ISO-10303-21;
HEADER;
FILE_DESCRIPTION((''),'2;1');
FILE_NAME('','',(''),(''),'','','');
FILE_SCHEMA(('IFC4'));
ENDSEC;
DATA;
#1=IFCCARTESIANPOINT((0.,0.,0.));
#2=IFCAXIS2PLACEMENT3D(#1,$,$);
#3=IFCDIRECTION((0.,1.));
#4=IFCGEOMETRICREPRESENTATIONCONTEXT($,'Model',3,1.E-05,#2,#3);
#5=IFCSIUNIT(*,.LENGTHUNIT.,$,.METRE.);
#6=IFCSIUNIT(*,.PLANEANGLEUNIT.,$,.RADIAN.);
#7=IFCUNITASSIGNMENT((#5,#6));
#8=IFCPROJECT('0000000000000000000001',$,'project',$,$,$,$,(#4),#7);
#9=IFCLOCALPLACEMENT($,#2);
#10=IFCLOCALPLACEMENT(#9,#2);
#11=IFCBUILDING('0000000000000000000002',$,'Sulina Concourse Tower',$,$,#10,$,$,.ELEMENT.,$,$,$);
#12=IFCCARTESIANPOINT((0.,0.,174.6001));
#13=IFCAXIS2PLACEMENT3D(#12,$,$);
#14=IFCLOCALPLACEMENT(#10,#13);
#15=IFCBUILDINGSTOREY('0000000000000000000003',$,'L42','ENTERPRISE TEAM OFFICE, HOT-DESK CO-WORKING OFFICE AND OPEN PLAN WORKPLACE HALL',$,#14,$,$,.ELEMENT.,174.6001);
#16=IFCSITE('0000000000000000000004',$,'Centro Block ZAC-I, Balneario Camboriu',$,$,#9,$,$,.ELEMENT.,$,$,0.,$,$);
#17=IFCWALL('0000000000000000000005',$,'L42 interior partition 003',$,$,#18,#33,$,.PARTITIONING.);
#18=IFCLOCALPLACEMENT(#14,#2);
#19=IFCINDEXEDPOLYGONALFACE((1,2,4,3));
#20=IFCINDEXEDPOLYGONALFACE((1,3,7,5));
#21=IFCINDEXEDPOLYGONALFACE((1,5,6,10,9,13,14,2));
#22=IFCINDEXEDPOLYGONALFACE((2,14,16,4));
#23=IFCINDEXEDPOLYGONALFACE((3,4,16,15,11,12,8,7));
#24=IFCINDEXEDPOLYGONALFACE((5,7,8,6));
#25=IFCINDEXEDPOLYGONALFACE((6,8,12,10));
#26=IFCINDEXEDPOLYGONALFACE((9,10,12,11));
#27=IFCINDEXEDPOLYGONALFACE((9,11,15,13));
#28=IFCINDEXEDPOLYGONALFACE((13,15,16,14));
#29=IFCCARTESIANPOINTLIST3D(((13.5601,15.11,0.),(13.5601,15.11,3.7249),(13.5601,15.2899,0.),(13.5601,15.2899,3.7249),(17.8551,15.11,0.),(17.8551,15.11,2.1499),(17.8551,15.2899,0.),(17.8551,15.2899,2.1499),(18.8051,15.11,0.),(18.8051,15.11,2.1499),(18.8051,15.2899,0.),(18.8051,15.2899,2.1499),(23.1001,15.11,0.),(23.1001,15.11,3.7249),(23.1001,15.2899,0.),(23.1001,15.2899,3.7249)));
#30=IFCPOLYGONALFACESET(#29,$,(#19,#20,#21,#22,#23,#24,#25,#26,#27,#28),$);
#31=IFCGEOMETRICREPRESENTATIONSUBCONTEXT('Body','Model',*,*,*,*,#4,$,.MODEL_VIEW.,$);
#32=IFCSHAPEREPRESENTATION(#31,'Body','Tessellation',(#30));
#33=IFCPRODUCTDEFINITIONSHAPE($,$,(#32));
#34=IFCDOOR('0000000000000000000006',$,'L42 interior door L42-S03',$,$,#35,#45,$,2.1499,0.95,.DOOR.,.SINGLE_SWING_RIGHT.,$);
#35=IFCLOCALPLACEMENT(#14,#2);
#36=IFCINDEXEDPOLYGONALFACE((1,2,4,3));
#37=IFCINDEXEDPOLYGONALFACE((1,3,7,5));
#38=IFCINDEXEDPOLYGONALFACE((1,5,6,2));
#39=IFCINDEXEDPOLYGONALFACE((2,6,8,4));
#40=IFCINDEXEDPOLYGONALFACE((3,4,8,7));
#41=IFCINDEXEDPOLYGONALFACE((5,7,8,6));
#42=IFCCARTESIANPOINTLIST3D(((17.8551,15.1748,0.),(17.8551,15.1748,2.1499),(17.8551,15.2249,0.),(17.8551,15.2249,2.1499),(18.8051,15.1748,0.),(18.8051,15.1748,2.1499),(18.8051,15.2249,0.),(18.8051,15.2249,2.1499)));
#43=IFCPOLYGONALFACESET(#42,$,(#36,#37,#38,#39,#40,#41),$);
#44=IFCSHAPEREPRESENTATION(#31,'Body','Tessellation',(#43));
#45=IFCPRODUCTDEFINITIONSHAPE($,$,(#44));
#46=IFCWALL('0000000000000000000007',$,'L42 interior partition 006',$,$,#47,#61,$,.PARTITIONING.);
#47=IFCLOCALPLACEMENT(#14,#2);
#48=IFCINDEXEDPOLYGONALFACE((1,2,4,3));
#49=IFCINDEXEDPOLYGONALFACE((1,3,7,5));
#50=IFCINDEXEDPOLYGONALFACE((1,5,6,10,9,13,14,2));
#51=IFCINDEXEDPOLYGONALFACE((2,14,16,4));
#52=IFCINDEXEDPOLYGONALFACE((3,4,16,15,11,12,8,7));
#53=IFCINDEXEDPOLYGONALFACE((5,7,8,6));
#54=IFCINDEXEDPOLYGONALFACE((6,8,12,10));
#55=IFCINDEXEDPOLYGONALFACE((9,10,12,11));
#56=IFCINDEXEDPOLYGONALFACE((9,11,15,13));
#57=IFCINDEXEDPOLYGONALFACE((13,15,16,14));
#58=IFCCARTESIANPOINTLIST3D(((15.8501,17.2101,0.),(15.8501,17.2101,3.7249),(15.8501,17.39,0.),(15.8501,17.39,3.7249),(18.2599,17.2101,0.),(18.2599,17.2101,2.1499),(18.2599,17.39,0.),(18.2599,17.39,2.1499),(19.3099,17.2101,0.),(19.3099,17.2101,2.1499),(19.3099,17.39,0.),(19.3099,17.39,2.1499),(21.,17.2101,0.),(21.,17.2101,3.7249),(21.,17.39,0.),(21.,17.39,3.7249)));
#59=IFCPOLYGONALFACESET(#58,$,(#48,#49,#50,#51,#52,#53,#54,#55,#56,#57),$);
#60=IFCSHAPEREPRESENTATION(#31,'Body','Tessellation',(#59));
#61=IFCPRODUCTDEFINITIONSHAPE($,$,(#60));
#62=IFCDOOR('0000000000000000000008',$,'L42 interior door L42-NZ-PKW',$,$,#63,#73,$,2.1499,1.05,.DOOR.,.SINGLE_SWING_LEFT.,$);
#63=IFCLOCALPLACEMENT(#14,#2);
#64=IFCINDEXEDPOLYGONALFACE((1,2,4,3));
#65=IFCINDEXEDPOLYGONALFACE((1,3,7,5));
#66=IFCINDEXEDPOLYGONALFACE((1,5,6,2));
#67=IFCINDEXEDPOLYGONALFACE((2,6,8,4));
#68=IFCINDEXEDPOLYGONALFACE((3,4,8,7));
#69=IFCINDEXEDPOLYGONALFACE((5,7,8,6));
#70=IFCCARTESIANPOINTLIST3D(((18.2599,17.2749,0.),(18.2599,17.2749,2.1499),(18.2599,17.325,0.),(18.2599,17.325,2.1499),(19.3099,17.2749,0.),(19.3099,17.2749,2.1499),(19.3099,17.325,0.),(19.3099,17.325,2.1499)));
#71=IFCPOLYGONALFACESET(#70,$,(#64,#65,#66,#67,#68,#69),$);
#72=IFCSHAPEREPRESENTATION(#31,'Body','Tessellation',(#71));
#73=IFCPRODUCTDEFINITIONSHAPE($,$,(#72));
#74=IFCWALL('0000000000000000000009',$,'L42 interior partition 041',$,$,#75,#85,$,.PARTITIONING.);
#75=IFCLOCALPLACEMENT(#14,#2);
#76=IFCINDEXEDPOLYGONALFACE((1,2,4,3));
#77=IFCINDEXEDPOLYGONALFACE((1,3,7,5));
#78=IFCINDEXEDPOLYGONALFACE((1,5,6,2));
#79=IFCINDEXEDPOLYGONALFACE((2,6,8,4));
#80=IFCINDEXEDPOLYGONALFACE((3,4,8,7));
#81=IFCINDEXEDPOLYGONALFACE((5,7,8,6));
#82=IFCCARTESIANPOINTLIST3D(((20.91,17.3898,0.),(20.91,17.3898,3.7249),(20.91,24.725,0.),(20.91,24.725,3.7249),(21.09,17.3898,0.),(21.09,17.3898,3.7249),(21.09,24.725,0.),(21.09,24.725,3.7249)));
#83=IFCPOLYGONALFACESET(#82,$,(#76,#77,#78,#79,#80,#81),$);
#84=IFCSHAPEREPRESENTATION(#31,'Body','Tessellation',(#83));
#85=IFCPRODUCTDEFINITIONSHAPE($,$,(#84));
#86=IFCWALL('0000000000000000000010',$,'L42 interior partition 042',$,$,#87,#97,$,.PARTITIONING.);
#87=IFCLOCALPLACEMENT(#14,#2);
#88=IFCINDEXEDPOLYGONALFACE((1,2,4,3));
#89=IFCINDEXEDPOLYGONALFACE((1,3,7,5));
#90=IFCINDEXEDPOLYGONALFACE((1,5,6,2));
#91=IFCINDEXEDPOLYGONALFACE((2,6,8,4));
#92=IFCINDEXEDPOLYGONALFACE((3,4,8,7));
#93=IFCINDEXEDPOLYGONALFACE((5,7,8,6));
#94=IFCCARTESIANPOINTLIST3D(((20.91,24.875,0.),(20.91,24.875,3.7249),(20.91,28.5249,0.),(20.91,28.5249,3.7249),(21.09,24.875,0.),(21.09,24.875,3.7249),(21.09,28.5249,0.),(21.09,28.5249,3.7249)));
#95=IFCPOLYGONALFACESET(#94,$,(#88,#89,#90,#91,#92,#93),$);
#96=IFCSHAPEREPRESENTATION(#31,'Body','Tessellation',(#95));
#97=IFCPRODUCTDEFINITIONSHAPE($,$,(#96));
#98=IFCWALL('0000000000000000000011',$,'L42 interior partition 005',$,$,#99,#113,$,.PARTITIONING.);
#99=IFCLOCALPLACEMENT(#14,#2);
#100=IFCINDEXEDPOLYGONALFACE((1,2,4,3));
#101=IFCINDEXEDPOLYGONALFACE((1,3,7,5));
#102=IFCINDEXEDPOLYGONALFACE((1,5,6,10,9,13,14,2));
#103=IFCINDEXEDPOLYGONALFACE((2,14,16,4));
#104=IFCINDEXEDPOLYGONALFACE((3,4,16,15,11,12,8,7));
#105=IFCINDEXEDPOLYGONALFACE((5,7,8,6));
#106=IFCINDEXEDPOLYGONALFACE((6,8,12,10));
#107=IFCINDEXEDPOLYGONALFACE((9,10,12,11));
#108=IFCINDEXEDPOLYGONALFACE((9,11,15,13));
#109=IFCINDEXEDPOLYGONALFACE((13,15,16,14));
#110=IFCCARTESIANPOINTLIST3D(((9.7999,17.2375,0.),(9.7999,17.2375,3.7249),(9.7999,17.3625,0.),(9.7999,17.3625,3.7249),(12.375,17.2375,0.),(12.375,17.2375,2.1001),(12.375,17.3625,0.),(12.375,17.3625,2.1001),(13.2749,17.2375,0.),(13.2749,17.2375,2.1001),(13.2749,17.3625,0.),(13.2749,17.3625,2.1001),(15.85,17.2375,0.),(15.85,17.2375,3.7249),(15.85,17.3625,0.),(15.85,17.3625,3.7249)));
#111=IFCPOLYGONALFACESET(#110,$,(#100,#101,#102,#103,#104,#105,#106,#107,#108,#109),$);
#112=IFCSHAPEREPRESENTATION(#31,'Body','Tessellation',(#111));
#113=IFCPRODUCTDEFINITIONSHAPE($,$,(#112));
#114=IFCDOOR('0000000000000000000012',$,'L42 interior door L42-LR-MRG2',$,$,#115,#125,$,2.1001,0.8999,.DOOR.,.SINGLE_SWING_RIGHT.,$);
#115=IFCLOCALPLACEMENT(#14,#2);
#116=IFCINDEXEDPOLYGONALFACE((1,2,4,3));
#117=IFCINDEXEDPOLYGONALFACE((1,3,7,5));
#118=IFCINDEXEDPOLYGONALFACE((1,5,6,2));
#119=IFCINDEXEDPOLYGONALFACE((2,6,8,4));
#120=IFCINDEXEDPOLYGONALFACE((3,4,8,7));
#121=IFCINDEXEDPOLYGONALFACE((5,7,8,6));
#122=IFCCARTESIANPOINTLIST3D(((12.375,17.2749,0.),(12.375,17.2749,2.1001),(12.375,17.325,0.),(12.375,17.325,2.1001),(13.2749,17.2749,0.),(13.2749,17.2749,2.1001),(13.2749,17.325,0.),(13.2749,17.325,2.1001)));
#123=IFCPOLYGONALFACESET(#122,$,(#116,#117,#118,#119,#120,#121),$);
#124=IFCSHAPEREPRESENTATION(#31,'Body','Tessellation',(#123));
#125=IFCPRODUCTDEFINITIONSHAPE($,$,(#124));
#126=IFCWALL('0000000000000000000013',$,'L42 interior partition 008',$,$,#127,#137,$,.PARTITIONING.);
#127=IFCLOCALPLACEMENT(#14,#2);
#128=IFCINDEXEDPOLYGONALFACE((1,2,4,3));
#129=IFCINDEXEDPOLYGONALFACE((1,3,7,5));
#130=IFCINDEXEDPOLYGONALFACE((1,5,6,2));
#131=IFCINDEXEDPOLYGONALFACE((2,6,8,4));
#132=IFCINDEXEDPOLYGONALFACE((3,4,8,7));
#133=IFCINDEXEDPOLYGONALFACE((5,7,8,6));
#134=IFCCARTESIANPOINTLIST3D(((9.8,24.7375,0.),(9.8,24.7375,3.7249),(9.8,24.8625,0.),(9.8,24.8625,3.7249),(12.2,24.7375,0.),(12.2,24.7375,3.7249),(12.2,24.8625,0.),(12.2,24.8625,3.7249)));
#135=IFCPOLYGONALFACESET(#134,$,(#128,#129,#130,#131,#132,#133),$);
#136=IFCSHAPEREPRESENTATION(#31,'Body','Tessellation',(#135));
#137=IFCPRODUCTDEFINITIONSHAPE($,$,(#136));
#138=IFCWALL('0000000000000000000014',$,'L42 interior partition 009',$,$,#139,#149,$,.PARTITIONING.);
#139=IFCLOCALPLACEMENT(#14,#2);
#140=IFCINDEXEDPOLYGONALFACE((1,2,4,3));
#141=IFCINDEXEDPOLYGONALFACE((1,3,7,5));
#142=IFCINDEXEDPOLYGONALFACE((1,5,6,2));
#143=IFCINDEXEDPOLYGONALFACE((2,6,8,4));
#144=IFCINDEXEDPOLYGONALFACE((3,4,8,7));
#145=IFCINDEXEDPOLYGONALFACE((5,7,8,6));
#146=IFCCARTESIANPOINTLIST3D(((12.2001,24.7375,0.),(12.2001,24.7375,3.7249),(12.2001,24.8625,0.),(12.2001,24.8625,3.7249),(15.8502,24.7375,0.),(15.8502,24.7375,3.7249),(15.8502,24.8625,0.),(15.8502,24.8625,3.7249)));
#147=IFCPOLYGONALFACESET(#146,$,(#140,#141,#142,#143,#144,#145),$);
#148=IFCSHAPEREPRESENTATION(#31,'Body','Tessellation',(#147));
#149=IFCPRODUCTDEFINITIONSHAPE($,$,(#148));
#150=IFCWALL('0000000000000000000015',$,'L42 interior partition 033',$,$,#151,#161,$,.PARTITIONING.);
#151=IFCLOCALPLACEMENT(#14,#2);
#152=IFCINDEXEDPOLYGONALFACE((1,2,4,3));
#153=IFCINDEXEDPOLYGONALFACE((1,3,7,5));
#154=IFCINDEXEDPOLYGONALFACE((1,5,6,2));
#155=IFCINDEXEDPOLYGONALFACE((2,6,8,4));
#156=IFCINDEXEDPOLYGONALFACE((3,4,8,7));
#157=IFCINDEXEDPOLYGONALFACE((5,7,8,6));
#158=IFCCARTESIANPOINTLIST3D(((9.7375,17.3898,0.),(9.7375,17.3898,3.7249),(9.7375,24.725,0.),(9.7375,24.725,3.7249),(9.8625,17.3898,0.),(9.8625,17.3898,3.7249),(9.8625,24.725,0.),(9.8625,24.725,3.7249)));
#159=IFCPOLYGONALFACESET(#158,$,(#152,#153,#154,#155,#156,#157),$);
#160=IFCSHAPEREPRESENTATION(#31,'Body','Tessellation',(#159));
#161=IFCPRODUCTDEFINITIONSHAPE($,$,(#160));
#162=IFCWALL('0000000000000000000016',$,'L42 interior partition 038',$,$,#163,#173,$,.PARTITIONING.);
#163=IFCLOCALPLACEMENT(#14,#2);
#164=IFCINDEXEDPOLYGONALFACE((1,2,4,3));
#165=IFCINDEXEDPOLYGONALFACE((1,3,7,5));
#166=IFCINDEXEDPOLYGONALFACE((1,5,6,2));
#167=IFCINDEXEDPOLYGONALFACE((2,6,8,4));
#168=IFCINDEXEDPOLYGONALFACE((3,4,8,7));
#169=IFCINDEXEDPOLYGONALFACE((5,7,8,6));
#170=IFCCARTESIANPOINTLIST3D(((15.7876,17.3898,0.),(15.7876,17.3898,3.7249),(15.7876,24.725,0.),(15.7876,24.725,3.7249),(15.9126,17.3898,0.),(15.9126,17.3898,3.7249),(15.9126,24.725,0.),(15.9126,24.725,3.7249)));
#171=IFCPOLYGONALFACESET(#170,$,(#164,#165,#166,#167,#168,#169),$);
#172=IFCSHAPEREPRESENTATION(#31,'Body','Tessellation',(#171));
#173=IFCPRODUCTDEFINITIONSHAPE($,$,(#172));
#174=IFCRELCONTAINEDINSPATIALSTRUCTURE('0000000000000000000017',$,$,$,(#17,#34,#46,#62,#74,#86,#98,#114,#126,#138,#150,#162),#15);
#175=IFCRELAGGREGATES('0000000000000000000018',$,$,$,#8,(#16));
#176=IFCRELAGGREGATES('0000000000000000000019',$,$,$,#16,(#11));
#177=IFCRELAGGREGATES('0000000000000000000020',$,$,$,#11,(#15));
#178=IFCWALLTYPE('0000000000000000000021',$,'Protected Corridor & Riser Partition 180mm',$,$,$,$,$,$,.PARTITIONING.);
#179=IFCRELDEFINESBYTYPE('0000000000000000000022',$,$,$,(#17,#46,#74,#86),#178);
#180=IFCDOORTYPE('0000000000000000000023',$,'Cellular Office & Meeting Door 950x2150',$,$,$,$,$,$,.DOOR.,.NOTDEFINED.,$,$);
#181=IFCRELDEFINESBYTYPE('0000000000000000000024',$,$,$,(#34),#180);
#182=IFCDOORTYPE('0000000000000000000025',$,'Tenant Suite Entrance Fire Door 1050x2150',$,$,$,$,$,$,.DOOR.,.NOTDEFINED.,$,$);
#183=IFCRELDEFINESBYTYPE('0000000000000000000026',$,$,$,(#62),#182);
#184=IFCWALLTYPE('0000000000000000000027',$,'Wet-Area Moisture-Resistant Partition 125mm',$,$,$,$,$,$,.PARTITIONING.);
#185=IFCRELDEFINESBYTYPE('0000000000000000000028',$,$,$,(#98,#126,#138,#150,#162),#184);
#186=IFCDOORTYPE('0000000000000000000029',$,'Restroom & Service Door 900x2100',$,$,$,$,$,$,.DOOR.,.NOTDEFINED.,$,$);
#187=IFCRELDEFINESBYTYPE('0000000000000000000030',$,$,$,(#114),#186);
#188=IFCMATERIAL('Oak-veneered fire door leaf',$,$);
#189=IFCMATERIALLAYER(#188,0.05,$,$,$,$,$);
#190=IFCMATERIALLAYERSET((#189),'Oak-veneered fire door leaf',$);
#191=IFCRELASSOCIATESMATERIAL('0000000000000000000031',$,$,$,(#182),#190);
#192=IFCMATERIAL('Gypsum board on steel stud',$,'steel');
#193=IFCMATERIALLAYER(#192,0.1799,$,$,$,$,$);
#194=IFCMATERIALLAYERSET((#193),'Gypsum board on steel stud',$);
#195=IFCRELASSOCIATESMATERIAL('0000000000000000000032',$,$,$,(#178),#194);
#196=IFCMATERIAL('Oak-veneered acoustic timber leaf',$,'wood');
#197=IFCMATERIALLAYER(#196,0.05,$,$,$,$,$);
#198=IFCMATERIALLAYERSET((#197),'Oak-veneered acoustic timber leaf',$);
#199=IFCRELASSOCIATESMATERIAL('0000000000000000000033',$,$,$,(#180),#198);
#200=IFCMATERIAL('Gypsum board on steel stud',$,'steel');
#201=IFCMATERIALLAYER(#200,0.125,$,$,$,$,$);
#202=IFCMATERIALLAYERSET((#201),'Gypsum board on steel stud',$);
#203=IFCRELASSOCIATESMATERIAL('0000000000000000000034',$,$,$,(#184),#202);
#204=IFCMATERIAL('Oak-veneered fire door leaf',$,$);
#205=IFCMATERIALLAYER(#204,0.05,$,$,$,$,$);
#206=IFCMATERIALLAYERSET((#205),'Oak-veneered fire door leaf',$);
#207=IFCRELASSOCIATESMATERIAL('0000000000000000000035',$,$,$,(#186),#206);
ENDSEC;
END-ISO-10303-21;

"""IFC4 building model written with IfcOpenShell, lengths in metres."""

from ifc_helpers import new_model, si_unit, direction, frame, frame_2d, origin, place, context, subcontext, project, spatial, rectangle, extrude, material, layer, layer_set, type_object, element, fill, save


model = new_model("IFC4")

# Units and contexts
model_context = context("Model", 3, precision=1e-05, world=origin(), true_north=direction((0.0, 1.0)))
body_context = subcontext(model_context, "Body", "Model", "MODEL_VIEW")
ifc_project = project(units=[si_unit("LENGTHUNIT", "METRE"), si_unit("PLANEANGLEUNIT", "RADIAN")], contexts=[model_context])

# Site, building, storey
site_placement = place(None, origin())
site = spatial("IfcSite", under=ifc_project, at=site_placement, Name="Centro Block ZAC-I, Balneario Camboriu", CompositionType="ELEMENT", RefElevation=0.0)
building_placement = place(site_placement, origin())
building = spatial("IfcBuilding", under=site, at=building_placement, Name="Sulina Concourse Tower", CompositionType="ELEMENT")
storey_placement = place(building_placement, frame((0.0, 0.0, 174.6001)))
storey = spatial("IfcBuildingStorey", under=building, at=storey_placement, Name="L42", Description="ENTERPRISE TEAM OFFICE, HOT-DESK CO-WORKING OFFICE AND OPEN PLAN WORKPLACE HALL", CompositionType="ELEMENT", Elevation=174.6001)

# Walls, openings, doors
ifc_material_1 = material(Name="Oak-veneered fire door leaf")
ifc_layer_1 = layer(ifc_material_1, 0.05)
ifc_layer_set_1 = layer_set([ifc_layer_1], Name="Oak-veneered fire door leaf")
door_type_1 = type_object("IfcDoorType", Name="Tenant Suite Entrance Fire Door 1050x2150", OperationType="NOTDEFINED", PredefinedType="DOOR", material=ifc_layer_set_1)
ifc_material_2 = material(Name="Gypsum board on steel stud", Category="steel")
ifc_layer_2 = layer(ifc_material_2, 0.1799)
ifc_layer_set_2 = layer_set([ifc_layer_2], Name="Gypsum board on steel stud")
wall_type_1 = type_object("IfcWallType", Name="Protected Corridor & Riser Partition 180mm", PredefinedType="PARTITIONING", material=ifc_layer_set_2)
wall_1_placement = place(storey_placement, frame((13.5601, 15.2, 0.0), z_axis=(0.0, 0.0, 1.0), x_axis=(1.0, 0.0, 0.0)))
wall_1 = element("IfcWall", 1, at=wall_1_placement, inside=storey, type_object=wall_type_1, Name="L42 interior partition 003", PredefinedType="PARTITIONING", context=body_context, shape_type="SweptSolid", body=[
    extrude(rectangle(XDim=9.54, YDim=0.1799, at=frame_2d((4.77, 0.0))), origin(), (0.0, 0.0, 1.0), 3.7249),
])
opening_1_placement = place(wall_1_placement, frame((4.2949, 0.0, 0.0)))
opening_1 = element("IfcOpeningElement", 2, at=opening_1_placement, cuts=wall_1, PredefinedType="OPENING", context=body_context, shape_type="SweptSolid", body=[
    extrude(rectangle(XDim=0.95, YDim=2.1499, at=frame_2d((0.4751, 1.075))), frame((0.0, 0.0999, 0.0), z_axis=(0.0, -1.0, 0.0), x_axis=(1.0, 0.0, 0.0)), (0.0, 0.0, 1.0), 0.2),
])
ifc_material_3 = material(Name="Oak-veneered acoustic timber leaf", Category="wood")
ifc_layer_3 = layer(ifc_material_3, 0.05)
ifc_layer_set_3 = layer_set([ifc_layer_3], Name="Oak-veneered acoustic timber leaf")
door_type_2 = type_object("IfcDoorType", Name="Cellular Office & Meeting Door 950x2150", OperationType="NOTDEFINED", PredefinedType="DOOR", material=ifc_layer_set_3)
door_1_placement = place(opening_1_placement, origin())
door_1 = element("IfcDoor", 3, at=door_1_placement, inside=storey, type_object=door_type_2, Name="L42 interior door L42-S03", OperationType="SINGLE_SWING_RIGHT", OverallHeight=2.1499, OverallWidth=0.95, PredefinedType="DOOR", context=body_context, shape_type="SweptSolid", body=[
    extrude(rectangle(XDim=0.95, YDim=2.1499, at=frame_2d((0.4751, 1.075))), frame((0.0, 0.0249, 0.0), z_axis=(0.0, -1.0, 0.0), x_axis=(1.0, 0.0, 0.0)), (0.0, 0.0, 1.0), 0.05),
])
fill(opening_1, door_1)
wall_2_placement = place(storey_placement, frame((15.8501, 17.3, 0.0), z_axis=(0.0, 0.0, 1.0), x_axis=(1.0, 0.0, 0.0)))
wall_2 = element("IfcWall", 4, at=wall_2_placement, inside=storey, type_object=wall_type_1, Name="L42 interior partition 006", PredefinedType="PARTITIONING", context=body_context, shape_type="SweptSolid", body=[
    extrude(rectangle(XDim=5.1499, YDim=0.1799, at=frame_2d((2.575, 0.0))), origin(), (0.0, 0.0, 1.0), 3.7249),
])
opening_2_placement = place(wall_2_placement, frame((2.4099, 0.0, 0.0)))
opening_2 = element("IfcOpeningElement", 5, at=opening_2_placement, cuts=wall_2, PredefinedType="OPENING", context=body_context, shape_type="SweptSolid", body=[
    extrude(rectangle(XDim=1.05, YDim=2.1499, at=frame_2d((0.5249, 1.075))), frame((0.0, 0.0999, 0.0), z_axis=(0.0, -1.0, 0.0), x_axis=(1.0, 0.0, 0.0)), (0.0, 0.0, 1.0), 0.2),
])
door_2_placement = place(opening_2_placement, origin())
door_2 = element("IfcDoor", 6, at=door_2_placement, inside=storey, type_object=door_type_1, Name="L42 interior door L42-NZ-PKW", OperationType="SINGLE_SWING_LEFT", OverallHeight=2.1499, OverallWidth=1.05, PredefinedType="DOOR", context=body_context, shape_type="SweptSolid", body=[
    extrude(rectangle(XDim=1.05, YDim=2.1499, at=frame_2d((0.5249, 1.075))), frame((0.0, 0.0249, 0.0), z_axis=(0.0, -1.0, 0.0), x_axis=(1.0, 0.0, 0.0)), (0.0, 0.0, 1.0), 0.05),
])
fill(opening_2, door_2)

# Walls
wall_3_placement = place(storey_placement, frame((21.0, 17.3899, 0.0), z_axis=(0.0, 0.0, 1.0), x_axis=(0.0, 1.0, 0.0)))
element("IfcWall", 7, at=wall_3_placement, inside=storey, type_object=wall_type_1, Name="L42 interior partition 041", PredefinedType="PARTITIONING", context=body_context, shape_type="SweptSolid", body=[
    extrude(rectangle(XDim=7.3352, YDim=0.1799, at=frame_2d((3.6675, 0.0))), origin(), (0.0, 0.0, 1.0), 3.7249),
])
wall_4_placement = place(storey_placement, frame((21.0, 24.875, 0.0), z_axis=(0.0, 0.0, 1.0), x_axis=(0.0, 1.0, 0.0)))
element("IfcWall", 8, at=wall_4_placement, inside=storey, type_object=wall_type_1, Name="L42 interior partition 042", PredefinedType="PARTITIONING", context=body_context, shape_type="SweptSolid", body=[
    extrude(rectangle(XDim=3.6499, YDim=0.1799, at=frame_2d((1.825, 0.0))), origin(), (0.0, 0.0, 1.0), 3.7249),
])

# Wall, opening, door
ifc_material_4 = material(Name="Gypsum board on steel stud", Category="steel")
ifc_layer_4 = layer(ifc_material_4, 0.125)
ifc_layer_set_4 = layer_set([ifc_layer_4], Name="Gypsum board on steel stud")
wall_type_2 = type_object("IfcWallType", Name="Wet-Area Moisture-Resistant Partition 125mm", PredefinedType="PARTITIONING", material=ifc_layer_set_4)
wall_5_placement = place(storey_placement, frame((9.8, 17.3, 0.0), z_axis=(0.0, 0.0, 1.0), x_axis=(1.0, 0.0, 0.0)))
wall_5 = element("IfcWall", 9, at=wall_5_placement, inside=storey, type_object=wall_type_2, Name="L42 interior partition 005", PredefinedType="PARTITIONING", context=body_context, shape_type="SweptSolid", body=[
    extrude(rectangle(XDim=6.05, YDim=0.125, at=frame_2d((3.0249, 0.0))), origin(), (0.0, 0.0, 1.0), 3.7249),
])
opening_3_placement = place(wall_5_placement, frame((2.575, 0.0, 0.0)))
opening_3 = element("IfcOpeningElement", 10, at=opening_3_placement, cuts=wall_5, PredefinedType="OPENING", context=body_context, shape_type="SweptSolid", body=[
    extrude(rectangle(XDim=0.8999, YDim=2.1001, at=frame_2d((0.45, 1.05))), frame((0.0, 0.0725, 0.0), z_axis=(0.0, -1.0, 0.0), x_axis=(1.0, 0.0, 0.0)), (0.0, 0.0, 1.0), 0.145),
])
ifc_material_5 = material(Name="Oak-veneered fire door leaf")
ifc_layer_5 = layer(ifc_material_5, 0.05)
ifc_layer_set_5 = layer_set([ifc_layer_5], Name="Oak-veneered fire door leaf")
door_type_3 = type_object("IfcDoorType", Name="Restroom & Service Door 900x2100", OperationType="NOTDEFINED", PredefinedType="DOOR", material=ifc_layer_set_5)
door_3_placement = place(opening_3_placement, origin())
door_3 = element("IfcDoor", 11, at=door_3_placement, inside=storey, type_object=door_type_3, Name="L42 interior door L42-LR-MRG2", OperationType="SINGLE_SWING_RIGHT", OverallHeight=2.1001, OverallWidth=0.8999, PredefinedType="DOOR", context=body_context, shape_type="SweptSolid", body=[
    extrude(rectangle(XDim=0.8999, YDim=2.1001, at=frame_2d((0.45, 1.05))), frame((0.0, 0.0249, 0.0), z_axis=(0.0, -1.0, 0.0), x_axis=(1.0, 0.0, 0.0)), (0.0, 0.0, 1.0), 0.05),
])
fill(opening_3, door_3)

# Walls
wall_6_placement = place(storey_placement, frame((9.8, 24.8, 0.0), z_axis=(0.0, 0.0, 1.0), x_axis=(1.0, 0.0, 0.0)))
element("IfcWall", 12, at=wall_6_placement, inside=storey, type_object=wall_type_2, Name="L42 interior partition 008", PredefinedType="PARTITIONING", context=body_context, shape_type="SweptSolid", body=[
    extrude(rectangle(XDim=2.3999, YDim=0.125, at=frame_2d((1.2, 0.0))), origin(), (0.0, 0.0, 1.0), 3.7249),
])
wall_7_placement = place(storey_placement, frame((12.2, 24.8, 0.0), z_axis=(0.0, 0.0, 1.0), x_axis=(1.0, 0.0, 0.0)))
element("IfcWall", 13, at=wall_7_placement, inside=storey, type_object=wall_type_2, Name="L42 interior partition 009", PredefinedType="PARTITIONING", context=body_context, shape_type="SweptSolid", body=[
    extrude(rectangle(XDim=3.6501, YDim=0.125, at=frame_2d((1.8252, 0.0))), origin(), (0.0, 0.0, 1.0), 3.7249),
])
for number, where, z_axis, x_axis, name in (
    (14, (9.8, 17.3899, 0.0), (0.0, 0.0, 1.0), (0.0, 1.0, 0.0), "L42 interior partition 033"),
    (15, (15.8501, 17.3899, 0.0), (0.0, 0.0, 1.0), (0.0, 1.0, 0.0), "L42 interior partition 038"),
):
    element("IfcWall", number, at=place(storey_placement, frame(where, z_axis=z_axis, x_axis=x_axis)), inside=storey, type_object=wall_type_2, Name=name, PredefinedType="PARTITIONING", context=body_context, shape_type="SweptSolid", body=[
        extrude(rectangle(XDim=7.3352, YDim=0.125, at=frame_2d((3.6675, 0.0))), origin(), (0.0, 0.0, 1.0), 3.7249),
    ])

save(model, "model.ifc")
